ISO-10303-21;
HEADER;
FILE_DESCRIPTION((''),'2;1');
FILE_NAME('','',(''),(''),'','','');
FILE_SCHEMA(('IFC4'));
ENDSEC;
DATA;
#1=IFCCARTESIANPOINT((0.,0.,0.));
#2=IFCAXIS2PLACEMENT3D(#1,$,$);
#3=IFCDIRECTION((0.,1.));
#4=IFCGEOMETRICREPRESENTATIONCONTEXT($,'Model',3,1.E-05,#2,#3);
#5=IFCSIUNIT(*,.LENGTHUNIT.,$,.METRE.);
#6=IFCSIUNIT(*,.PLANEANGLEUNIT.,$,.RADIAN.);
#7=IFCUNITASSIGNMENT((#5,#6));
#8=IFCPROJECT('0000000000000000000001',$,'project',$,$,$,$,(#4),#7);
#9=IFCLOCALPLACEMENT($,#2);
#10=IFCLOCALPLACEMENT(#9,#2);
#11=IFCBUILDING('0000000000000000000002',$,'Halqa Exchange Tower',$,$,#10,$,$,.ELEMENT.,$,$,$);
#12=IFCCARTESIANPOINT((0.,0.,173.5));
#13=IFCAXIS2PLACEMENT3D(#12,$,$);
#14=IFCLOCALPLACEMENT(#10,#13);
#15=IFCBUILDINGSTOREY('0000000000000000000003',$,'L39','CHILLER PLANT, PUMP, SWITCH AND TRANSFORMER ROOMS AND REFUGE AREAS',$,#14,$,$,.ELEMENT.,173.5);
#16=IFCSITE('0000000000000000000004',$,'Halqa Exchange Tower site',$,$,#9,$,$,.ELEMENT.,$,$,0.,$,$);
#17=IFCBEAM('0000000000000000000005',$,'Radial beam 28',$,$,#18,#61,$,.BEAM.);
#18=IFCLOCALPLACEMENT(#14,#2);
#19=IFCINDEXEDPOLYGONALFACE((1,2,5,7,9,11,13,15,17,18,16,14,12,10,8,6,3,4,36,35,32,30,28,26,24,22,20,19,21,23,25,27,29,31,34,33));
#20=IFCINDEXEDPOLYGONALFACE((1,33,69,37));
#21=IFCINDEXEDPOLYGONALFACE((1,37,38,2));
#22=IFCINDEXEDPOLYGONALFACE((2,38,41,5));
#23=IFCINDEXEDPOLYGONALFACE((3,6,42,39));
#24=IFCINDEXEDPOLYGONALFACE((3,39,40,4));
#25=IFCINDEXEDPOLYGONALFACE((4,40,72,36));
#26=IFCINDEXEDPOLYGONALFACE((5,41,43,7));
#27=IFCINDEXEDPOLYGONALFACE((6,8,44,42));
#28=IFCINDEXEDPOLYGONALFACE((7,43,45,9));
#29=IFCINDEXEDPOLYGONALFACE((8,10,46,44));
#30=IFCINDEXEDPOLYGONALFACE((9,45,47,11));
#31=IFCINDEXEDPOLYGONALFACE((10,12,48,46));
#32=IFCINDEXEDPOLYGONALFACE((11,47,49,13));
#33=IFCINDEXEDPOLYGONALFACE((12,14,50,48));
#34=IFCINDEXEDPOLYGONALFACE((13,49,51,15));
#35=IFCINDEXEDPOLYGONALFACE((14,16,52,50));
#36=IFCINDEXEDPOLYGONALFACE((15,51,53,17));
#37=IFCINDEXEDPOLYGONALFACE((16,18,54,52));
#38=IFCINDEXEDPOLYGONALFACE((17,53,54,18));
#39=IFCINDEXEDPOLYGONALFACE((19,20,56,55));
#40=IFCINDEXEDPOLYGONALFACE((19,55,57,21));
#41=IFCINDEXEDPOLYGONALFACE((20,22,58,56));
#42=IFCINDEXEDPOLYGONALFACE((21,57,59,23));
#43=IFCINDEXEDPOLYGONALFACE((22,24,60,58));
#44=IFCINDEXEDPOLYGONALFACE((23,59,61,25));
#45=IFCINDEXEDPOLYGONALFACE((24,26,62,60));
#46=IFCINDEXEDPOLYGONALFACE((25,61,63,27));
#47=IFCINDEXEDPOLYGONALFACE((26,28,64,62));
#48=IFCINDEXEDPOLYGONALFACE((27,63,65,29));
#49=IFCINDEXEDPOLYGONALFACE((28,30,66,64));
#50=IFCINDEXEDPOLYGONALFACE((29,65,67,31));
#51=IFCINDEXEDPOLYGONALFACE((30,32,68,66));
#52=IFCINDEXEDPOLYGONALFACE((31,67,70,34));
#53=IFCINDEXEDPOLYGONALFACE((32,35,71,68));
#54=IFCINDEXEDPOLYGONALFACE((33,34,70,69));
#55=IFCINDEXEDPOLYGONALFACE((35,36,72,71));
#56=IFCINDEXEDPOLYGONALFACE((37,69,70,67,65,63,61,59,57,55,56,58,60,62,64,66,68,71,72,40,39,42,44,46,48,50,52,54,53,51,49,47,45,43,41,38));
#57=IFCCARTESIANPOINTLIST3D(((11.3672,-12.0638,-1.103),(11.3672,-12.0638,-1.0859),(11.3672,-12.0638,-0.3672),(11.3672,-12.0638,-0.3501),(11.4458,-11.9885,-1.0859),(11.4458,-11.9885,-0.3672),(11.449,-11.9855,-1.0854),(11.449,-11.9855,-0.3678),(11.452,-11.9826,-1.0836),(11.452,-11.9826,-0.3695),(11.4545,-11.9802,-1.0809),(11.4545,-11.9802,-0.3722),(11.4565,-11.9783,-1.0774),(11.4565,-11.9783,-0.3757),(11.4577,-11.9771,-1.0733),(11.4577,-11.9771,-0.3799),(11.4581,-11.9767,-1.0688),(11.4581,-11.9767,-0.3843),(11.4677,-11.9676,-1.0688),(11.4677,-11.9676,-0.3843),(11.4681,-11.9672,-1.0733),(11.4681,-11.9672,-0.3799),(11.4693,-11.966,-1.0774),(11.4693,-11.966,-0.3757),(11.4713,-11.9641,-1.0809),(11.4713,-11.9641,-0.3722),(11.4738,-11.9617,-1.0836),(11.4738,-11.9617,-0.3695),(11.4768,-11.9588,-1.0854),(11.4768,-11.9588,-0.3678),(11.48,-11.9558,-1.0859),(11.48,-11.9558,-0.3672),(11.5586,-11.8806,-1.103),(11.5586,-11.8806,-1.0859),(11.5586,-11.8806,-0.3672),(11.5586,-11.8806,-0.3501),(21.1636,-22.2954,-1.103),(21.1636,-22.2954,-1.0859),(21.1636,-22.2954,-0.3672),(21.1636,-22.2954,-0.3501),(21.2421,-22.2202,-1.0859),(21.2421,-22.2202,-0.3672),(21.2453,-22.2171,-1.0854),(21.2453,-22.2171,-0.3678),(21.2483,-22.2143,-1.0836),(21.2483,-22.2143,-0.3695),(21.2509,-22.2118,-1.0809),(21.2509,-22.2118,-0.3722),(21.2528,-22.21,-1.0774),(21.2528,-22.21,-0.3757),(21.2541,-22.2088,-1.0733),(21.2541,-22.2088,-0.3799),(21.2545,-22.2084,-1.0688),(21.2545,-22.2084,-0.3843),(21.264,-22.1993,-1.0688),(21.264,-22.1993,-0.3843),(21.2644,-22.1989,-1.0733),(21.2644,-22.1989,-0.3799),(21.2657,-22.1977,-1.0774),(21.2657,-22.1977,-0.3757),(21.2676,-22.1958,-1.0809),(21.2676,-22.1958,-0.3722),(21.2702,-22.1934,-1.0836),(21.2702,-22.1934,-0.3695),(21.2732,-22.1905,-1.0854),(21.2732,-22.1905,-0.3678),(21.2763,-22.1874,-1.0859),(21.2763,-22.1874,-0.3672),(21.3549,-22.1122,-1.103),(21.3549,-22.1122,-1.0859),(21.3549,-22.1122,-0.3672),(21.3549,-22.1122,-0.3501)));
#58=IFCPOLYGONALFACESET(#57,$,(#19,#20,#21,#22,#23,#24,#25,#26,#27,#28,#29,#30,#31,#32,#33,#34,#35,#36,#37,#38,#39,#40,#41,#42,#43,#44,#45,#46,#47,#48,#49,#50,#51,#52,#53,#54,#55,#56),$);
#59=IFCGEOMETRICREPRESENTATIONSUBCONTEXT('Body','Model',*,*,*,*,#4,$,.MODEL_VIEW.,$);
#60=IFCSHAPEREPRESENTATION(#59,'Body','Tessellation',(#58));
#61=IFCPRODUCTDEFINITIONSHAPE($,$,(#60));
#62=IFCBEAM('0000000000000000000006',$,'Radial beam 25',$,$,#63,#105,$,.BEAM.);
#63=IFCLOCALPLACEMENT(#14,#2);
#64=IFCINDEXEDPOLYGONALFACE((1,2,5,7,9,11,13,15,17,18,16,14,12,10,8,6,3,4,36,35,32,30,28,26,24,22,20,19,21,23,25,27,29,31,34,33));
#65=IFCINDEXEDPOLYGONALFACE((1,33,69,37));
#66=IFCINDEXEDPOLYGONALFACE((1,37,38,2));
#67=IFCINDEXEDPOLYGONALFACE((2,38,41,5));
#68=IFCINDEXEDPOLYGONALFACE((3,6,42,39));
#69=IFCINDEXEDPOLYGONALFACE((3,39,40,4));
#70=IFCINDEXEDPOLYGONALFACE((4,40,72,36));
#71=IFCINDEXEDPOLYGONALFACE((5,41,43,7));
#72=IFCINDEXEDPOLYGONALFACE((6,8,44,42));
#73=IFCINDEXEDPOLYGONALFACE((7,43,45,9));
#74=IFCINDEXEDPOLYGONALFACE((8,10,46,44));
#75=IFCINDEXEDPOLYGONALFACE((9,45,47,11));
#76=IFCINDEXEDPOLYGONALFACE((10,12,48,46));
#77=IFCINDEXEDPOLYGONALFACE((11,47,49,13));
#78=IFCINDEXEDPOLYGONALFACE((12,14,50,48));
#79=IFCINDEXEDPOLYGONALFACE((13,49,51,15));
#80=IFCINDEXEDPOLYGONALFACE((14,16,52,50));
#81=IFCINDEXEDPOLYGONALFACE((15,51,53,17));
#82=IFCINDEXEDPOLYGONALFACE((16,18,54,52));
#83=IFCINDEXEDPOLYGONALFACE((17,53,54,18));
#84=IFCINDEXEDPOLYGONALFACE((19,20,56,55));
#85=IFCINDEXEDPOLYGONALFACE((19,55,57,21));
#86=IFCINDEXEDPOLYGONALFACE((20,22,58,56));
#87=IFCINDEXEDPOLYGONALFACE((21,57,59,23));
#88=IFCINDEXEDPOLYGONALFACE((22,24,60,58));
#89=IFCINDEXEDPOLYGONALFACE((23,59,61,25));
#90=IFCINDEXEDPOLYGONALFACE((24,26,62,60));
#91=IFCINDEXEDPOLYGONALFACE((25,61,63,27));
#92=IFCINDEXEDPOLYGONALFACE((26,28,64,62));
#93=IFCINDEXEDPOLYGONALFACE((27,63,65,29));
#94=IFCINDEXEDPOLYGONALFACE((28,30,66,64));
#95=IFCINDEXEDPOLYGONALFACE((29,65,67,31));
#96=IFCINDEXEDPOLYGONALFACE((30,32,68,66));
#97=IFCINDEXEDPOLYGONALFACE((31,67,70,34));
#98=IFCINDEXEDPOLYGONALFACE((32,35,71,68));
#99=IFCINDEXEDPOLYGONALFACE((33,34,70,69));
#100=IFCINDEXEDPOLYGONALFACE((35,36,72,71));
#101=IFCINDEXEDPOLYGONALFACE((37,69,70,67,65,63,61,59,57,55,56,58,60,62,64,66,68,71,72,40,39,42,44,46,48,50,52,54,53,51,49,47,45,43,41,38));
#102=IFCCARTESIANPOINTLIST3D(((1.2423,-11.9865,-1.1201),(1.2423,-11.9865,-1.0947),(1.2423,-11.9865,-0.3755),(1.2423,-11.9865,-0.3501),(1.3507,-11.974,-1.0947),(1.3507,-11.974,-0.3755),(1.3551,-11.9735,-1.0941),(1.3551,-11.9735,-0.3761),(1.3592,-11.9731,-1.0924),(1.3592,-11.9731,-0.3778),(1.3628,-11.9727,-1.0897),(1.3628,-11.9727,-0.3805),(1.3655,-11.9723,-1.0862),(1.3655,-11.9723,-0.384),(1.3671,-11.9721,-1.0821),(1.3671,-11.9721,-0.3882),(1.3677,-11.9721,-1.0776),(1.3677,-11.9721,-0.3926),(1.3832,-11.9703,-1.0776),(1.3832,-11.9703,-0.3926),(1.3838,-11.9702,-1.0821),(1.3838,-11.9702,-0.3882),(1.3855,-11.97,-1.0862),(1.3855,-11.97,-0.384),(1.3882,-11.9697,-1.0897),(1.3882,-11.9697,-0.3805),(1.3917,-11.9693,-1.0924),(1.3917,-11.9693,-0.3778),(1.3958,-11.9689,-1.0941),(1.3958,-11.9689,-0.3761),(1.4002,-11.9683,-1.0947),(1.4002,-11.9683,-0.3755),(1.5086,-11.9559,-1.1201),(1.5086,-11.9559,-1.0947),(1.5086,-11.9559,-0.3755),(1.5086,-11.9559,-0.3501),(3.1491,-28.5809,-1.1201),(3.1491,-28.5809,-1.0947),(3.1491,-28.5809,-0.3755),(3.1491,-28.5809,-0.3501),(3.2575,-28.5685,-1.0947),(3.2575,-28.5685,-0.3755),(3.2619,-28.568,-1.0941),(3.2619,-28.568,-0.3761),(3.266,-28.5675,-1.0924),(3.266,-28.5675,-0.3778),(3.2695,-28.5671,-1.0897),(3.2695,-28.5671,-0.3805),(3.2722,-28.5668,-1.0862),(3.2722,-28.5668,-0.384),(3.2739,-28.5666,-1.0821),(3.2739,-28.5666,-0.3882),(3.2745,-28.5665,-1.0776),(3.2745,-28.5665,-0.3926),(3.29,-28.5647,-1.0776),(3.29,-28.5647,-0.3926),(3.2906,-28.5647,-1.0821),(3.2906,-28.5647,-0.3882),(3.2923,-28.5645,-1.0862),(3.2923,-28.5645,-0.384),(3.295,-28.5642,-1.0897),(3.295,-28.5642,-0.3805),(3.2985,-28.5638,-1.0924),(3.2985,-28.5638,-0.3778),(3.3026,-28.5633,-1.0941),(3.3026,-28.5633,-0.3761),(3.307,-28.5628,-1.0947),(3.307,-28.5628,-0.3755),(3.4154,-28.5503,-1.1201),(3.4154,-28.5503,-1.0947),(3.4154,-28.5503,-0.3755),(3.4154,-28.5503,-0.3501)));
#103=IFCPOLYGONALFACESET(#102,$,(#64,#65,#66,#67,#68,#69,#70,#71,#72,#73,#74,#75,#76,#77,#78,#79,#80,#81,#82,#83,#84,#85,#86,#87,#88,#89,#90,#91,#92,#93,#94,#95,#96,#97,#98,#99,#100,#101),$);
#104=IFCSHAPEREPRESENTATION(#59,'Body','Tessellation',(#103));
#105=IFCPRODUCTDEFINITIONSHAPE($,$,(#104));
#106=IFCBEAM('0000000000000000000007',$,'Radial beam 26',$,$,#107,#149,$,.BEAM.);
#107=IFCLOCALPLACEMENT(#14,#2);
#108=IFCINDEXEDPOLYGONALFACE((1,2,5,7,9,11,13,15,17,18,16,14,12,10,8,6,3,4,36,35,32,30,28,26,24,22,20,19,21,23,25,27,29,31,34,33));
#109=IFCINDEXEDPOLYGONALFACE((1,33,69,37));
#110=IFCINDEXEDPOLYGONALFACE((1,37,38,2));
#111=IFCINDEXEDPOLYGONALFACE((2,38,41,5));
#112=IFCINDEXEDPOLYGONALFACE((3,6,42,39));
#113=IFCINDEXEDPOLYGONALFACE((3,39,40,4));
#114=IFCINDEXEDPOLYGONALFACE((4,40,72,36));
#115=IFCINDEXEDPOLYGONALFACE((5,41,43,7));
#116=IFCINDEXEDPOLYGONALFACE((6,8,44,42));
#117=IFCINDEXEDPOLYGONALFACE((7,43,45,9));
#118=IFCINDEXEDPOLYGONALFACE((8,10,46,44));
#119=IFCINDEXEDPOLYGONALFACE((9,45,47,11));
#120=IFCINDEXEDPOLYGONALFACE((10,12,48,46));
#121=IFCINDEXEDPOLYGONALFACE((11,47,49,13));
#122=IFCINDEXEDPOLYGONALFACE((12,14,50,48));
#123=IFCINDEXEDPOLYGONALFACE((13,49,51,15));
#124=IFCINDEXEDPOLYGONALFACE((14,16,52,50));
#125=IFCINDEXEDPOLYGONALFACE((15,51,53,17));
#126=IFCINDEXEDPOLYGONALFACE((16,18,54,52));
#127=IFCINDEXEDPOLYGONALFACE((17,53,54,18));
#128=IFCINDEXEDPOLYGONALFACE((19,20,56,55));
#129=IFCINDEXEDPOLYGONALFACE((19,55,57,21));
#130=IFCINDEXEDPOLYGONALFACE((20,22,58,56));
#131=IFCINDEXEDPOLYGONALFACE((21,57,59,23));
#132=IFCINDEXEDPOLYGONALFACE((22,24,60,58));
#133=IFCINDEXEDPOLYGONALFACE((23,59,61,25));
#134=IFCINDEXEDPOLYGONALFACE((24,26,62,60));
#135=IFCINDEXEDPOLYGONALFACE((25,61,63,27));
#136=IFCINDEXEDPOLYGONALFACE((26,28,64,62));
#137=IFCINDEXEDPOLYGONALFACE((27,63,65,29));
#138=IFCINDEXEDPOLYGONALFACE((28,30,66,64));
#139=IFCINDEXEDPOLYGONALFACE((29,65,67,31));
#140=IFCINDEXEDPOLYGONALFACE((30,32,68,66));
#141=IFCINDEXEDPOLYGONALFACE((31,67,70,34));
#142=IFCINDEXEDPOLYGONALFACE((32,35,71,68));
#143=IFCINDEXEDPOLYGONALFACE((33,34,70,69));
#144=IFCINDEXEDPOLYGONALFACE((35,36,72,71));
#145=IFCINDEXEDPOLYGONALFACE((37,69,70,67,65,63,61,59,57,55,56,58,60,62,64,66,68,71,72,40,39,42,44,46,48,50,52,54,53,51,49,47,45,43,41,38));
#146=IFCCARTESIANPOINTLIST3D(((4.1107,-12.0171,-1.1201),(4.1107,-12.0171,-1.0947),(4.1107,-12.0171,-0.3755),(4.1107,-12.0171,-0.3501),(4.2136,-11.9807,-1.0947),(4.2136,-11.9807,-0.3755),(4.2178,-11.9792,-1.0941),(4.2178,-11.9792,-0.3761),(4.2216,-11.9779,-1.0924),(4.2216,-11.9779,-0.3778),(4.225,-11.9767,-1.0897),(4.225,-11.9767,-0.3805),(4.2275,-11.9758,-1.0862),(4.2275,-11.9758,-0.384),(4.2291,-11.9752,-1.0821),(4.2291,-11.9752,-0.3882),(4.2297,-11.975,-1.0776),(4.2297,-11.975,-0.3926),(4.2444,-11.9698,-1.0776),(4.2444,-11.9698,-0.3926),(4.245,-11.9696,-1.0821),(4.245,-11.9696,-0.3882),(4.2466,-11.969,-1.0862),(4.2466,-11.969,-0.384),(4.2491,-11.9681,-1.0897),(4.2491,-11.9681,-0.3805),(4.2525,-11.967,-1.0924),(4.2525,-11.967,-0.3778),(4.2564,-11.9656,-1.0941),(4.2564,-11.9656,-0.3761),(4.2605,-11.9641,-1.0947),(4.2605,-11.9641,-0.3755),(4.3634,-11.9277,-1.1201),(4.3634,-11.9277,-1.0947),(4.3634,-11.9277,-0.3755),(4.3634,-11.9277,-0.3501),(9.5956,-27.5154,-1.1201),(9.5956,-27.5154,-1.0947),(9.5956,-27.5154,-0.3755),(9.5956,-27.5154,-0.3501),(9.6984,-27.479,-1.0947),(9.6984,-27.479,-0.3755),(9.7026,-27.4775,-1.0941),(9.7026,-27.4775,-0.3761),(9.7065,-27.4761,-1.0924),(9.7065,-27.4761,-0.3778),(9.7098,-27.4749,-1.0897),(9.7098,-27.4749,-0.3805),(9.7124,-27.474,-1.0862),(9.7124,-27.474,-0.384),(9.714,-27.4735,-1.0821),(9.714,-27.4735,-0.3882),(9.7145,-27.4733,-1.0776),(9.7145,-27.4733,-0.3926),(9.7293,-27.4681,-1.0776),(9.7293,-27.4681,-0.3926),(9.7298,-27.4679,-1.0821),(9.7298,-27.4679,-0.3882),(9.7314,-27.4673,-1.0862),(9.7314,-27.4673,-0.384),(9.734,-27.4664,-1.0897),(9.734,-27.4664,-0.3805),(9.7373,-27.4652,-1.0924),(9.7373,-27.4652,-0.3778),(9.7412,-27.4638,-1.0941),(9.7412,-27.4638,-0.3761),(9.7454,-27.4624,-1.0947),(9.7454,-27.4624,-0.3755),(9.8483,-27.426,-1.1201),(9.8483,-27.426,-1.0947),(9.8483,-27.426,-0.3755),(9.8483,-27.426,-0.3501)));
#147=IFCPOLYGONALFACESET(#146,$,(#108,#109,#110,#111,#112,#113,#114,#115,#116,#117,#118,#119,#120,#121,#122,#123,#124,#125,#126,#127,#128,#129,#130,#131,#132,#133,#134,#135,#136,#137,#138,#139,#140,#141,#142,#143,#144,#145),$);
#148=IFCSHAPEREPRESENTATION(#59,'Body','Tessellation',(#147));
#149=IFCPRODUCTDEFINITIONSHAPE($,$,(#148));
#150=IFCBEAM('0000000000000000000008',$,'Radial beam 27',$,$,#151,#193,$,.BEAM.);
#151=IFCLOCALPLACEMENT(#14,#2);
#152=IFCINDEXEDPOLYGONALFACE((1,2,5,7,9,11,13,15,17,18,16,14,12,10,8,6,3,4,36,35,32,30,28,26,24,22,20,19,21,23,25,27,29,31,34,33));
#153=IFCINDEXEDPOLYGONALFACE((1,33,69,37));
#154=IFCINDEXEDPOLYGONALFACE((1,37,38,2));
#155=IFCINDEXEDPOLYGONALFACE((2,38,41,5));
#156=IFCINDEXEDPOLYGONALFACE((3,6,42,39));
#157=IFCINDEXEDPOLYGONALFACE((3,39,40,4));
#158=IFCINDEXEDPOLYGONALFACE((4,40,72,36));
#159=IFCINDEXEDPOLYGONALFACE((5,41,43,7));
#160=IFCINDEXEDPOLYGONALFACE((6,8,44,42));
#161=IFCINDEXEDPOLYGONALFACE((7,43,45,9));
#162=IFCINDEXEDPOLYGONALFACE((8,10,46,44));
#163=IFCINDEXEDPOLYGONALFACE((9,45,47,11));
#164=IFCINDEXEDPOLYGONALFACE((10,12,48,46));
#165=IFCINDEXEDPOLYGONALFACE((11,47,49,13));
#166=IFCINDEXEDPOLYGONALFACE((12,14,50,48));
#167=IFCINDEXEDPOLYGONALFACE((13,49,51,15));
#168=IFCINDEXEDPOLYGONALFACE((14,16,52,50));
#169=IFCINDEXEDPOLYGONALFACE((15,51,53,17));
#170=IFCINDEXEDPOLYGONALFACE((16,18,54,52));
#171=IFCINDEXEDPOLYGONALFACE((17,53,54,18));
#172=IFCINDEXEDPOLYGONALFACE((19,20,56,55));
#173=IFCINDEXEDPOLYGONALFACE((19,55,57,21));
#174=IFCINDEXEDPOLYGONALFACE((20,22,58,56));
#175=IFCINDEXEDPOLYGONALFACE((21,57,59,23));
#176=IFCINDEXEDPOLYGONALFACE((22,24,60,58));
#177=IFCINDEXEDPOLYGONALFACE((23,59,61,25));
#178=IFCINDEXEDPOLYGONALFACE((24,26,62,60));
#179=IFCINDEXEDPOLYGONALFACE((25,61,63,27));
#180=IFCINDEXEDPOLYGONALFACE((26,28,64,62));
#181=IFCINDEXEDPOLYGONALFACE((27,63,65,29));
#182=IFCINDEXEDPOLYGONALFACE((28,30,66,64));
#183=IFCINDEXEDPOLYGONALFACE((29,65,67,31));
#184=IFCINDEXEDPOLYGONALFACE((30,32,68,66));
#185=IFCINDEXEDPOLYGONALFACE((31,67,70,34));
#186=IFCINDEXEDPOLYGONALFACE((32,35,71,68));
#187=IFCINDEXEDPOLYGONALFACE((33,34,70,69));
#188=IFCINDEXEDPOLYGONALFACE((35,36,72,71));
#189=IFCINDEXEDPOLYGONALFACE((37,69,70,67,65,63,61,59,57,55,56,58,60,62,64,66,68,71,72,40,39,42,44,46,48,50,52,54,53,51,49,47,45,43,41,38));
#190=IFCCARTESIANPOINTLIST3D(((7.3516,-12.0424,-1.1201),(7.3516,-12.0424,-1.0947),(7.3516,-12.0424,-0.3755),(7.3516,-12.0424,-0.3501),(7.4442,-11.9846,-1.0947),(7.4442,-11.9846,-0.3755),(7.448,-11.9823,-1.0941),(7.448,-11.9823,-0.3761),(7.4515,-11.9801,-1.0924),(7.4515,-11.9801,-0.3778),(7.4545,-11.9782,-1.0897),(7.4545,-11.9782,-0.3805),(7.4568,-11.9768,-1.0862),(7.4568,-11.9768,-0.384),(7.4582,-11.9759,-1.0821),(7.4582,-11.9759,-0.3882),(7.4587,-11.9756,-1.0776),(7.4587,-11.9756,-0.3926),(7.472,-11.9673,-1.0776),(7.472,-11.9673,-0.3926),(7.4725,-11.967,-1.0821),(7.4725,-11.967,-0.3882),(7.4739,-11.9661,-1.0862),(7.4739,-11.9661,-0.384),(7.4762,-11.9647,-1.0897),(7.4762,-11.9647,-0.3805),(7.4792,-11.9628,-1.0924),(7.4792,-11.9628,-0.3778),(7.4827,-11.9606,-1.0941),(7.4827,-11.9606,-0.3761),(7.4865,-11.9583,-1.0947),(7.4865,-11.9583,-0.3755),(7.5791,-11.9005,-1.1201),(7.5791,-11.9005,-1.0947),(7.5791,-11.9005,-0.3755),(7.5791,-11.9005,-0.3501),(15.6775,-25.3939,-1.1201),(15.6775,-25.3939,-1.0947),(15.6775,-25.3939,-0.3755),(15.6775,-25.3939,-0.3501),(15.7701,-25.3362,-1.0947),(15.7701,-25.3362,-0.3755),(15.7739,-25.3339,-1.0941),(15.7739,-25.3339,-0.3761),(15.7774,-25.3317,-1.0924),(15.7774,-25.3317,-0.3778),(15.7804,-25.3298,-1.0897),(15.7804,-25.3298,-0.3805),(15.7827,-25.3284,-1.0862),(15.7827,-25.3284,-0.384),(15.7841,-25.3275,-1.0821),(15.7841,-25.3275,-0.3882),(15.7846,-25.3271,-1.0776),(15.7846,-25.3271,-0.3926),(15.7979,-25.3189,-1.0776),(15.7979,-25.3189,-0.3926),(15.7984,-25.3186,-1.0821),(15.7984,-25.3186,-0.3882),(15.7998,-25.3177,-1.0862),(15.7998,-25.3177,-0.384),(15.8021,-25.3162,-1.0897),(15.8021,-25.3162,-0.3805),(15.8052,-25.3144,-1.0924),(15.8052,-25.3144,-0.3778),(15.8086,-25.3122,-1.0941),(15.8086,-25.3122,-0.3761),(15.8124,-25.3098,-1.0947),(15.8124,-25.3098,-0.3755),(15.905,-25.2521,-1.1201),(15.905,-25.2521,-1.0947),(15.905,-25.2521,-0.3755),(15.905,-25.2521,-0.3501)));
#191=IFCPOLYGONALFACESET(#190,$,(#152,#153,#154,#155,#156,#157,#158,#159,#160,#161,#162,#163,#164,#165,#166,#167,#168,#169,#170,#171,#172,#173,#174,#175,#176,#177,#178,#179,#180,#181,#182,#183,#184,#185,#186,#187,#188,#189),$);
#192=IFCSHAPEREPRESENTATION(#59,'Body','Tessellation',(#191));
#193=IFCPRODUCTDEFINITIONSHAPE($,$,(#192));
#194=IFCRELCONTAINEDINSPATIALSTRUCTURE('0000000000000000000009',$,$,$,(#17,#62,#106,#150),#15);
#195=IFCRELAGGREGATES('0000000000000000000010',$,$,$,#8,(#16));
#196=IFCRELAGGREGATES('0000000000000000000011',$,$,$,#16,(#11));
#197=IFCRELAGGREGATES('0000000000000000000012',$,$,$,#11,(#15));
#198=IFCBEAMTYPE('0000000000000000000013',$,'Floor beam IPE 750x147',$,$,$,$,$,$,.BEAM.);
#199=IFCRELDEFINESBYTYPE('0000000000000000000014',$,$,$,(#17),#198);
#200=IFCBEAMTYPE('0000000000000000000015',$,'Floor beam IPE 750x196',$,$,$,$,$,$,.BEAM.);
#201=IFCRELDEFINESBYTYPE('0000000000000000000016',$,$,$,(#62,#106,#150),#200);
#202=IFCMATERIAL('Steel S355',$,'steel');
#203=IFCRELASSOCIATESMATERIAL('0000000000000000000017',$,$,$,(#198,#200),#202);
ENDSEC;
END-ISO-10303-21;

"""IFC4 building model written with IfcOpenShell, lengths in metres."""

from ifc_helpers import new_model, si_unit, direction, frame, origin, origin_2d, place, context, subcontext, project, spatial, i_section, extrude, material, material_profile, profile_set, type_object, element, save


model = new_model("IFC4")

# Units and contexts
model_context = context("Model", 3, precision=1e-05, world=origin(), true_north=direction((0.0, 1.0)))
body_context = subcontext(model_context, "Body", "Model", "MODEL_VIEW")
ifc_project = project(units=[si_unit("LENGTHUNIT", "METRE"), si_unit("PLANEANGLEUNIT", "RADIAN")], contexts=[model_context])

# Site, building, storey
site_placement = place(None, origin())
site = spatial("IfcSite", under=ifc_project, at=site_placement, Name="Halqa Exchange Tower site", CompositionType="ELEMENT", RefElevation=0.0)
building_placement = place(site_placement, origin())
building = spatial("IfcBuilding", under=site, at=building_placement, Name="Halqa Exchange Tower", CompositionType="ELEMENT")
storey_placement = place(building_placement, frame((0.0, 0.0, 173.5)))
storey = spatial("IfcBuildingStorey", under=building, at=storey_placement, Name="L39", Description="CHILLER PLANT, PUMP, SWITCH AND TRANSFORMER ROOMS AND REFUGE AREAS", CompositionType="ELEMENT", Elevation=173.5)

# Beams
ifc_material_1 = material(Name="Steel S355", Category="steel")
ifc_material_profile_1 = material_profile(ifc_material_1, i_section(OverallWidth=0.2649, OverallDepth=0.7529, WebThickness=0.0132, FlangeThickness=0.0171, FilletRadius=0.0171, at=origin_2d()), Name="IPE 750x147")
ifc_profile_set_1 = profile_set([ifc_material_profile_1], Name="Steel S355")
beam_type_1 = type_object("IfcBeamType", Name="Floor beam IPE 750x147", PredefinedType="BEAM", material=ifc_profile_set_1)
beam_1_placement = place(storey_placement, frame((11.4629, -11.9722, -0.7266), z_axis=(0.691575, -0.722305, 0.0), x_axis=(0.722305, 0.691575, 0.0)))
element("IfcBeam", 1, at=beam_1_placement, inside=storey, type_object=beam_type_1, Name="Radial beam 28", PredefinedType="BEAM", context=body_context, shape_type="SweptSolid", body=[
    extrude(i_section(OverallWidth=0.2649, OverallDepth=0.7529, WebThickness=0.0132, FlangeThickness=0.0171, FilletRadius=0.0171, at=origin_2d()), origin(), (0.0, 0.0, 1.0), 14.1653),
])
ifc_material_profile_2 = material_profile(ifc_material_1, i_section(OverallWidth=0.2681, OverallDepth=0.77, WebThickness=0.0156, FlangeThickness=0.0254, FilletRadius=0.0171, at=origin_2d()), Name="IPE 750x196")
ifc_profile_set_2 = profile_set([ifc_material_profile_2], Name="Steel S355")
beam_type_2 = type_object("IfcBeamType", Name="Floor beam IPE 750x196", PredefinedType="BEAM", material=ifc_profile_set_2)
beam_2_placement = place(storey_placement, frame((1.3755, -11.9712, -0.7351), z_axis=(0.114151, -0.993463, 0.0), x_axis=(0.993463, 0.114151, 0.0)))
element("IfcBeam", 2, at=beam_2_placement, inside=storey, type_object=beam_type_2, Name="Radial beam 25", PredefinedType="BEAM", context=body_context, shape_type="SweptSolid", body=[
    extrude(i_section(OverallWidth=0.2681, OverallDepth=0.77, WebThickness=0.0156, FlangeThickness=0.0254, FilletRadius=0.0171, at=origin_2d()), origin(), (0.0, 0.0, 1.0), 16.7036),
])
beam_3_placement = place(storey_placement, frame((4.2371, -11.9724, -0.7351), z_axis=(0.333625, -0.942706, 0.0), x_axis=(0.942706, 0.333625, 0.0)))
element("IfcBeam", 3, at=beam_3_placement, inside=storey, type_object=beam_type_2, Name="Radial beam 26", PredefinedType="BEAM", context=body_context, shape_type="SweptSolid", body=[
    extrude(i_section(OverallWidth=0.2681, OverallDepth=0.77, WebThickness=0.0156, FlangeThickness=0.0254, FilletRadius=0.0171, at=origin_2d()), origin(), (0.0, 0.0, 1.0), 16.4402),
])
beam_4_placement = place(storey_placement, frame((7.4653, -11.9714, -0.7351), z_axis=(0.52914, -0.848535, 0.0), x_axis=(0.848535, 0.52914, 0.0)))
element("IfcBeam", 4, at=beam_4_placement, inside=storey, type_object=beam_type_2, Name="Radial beam 27", PredefinedType="BEAM", context=body_context, shape_type="SweptSolid", body=[
    extrude(i_section(OverallWidth=0.2681, OverallDepth=0.77, WebThickness=0.0156, FlangeThickness=0.0254, FilletRadius=0.0171, at=origin_2d()), origin(), (0.0, 0.0, 1.0), 15.7349),
])

save(model, "model.ifc")
